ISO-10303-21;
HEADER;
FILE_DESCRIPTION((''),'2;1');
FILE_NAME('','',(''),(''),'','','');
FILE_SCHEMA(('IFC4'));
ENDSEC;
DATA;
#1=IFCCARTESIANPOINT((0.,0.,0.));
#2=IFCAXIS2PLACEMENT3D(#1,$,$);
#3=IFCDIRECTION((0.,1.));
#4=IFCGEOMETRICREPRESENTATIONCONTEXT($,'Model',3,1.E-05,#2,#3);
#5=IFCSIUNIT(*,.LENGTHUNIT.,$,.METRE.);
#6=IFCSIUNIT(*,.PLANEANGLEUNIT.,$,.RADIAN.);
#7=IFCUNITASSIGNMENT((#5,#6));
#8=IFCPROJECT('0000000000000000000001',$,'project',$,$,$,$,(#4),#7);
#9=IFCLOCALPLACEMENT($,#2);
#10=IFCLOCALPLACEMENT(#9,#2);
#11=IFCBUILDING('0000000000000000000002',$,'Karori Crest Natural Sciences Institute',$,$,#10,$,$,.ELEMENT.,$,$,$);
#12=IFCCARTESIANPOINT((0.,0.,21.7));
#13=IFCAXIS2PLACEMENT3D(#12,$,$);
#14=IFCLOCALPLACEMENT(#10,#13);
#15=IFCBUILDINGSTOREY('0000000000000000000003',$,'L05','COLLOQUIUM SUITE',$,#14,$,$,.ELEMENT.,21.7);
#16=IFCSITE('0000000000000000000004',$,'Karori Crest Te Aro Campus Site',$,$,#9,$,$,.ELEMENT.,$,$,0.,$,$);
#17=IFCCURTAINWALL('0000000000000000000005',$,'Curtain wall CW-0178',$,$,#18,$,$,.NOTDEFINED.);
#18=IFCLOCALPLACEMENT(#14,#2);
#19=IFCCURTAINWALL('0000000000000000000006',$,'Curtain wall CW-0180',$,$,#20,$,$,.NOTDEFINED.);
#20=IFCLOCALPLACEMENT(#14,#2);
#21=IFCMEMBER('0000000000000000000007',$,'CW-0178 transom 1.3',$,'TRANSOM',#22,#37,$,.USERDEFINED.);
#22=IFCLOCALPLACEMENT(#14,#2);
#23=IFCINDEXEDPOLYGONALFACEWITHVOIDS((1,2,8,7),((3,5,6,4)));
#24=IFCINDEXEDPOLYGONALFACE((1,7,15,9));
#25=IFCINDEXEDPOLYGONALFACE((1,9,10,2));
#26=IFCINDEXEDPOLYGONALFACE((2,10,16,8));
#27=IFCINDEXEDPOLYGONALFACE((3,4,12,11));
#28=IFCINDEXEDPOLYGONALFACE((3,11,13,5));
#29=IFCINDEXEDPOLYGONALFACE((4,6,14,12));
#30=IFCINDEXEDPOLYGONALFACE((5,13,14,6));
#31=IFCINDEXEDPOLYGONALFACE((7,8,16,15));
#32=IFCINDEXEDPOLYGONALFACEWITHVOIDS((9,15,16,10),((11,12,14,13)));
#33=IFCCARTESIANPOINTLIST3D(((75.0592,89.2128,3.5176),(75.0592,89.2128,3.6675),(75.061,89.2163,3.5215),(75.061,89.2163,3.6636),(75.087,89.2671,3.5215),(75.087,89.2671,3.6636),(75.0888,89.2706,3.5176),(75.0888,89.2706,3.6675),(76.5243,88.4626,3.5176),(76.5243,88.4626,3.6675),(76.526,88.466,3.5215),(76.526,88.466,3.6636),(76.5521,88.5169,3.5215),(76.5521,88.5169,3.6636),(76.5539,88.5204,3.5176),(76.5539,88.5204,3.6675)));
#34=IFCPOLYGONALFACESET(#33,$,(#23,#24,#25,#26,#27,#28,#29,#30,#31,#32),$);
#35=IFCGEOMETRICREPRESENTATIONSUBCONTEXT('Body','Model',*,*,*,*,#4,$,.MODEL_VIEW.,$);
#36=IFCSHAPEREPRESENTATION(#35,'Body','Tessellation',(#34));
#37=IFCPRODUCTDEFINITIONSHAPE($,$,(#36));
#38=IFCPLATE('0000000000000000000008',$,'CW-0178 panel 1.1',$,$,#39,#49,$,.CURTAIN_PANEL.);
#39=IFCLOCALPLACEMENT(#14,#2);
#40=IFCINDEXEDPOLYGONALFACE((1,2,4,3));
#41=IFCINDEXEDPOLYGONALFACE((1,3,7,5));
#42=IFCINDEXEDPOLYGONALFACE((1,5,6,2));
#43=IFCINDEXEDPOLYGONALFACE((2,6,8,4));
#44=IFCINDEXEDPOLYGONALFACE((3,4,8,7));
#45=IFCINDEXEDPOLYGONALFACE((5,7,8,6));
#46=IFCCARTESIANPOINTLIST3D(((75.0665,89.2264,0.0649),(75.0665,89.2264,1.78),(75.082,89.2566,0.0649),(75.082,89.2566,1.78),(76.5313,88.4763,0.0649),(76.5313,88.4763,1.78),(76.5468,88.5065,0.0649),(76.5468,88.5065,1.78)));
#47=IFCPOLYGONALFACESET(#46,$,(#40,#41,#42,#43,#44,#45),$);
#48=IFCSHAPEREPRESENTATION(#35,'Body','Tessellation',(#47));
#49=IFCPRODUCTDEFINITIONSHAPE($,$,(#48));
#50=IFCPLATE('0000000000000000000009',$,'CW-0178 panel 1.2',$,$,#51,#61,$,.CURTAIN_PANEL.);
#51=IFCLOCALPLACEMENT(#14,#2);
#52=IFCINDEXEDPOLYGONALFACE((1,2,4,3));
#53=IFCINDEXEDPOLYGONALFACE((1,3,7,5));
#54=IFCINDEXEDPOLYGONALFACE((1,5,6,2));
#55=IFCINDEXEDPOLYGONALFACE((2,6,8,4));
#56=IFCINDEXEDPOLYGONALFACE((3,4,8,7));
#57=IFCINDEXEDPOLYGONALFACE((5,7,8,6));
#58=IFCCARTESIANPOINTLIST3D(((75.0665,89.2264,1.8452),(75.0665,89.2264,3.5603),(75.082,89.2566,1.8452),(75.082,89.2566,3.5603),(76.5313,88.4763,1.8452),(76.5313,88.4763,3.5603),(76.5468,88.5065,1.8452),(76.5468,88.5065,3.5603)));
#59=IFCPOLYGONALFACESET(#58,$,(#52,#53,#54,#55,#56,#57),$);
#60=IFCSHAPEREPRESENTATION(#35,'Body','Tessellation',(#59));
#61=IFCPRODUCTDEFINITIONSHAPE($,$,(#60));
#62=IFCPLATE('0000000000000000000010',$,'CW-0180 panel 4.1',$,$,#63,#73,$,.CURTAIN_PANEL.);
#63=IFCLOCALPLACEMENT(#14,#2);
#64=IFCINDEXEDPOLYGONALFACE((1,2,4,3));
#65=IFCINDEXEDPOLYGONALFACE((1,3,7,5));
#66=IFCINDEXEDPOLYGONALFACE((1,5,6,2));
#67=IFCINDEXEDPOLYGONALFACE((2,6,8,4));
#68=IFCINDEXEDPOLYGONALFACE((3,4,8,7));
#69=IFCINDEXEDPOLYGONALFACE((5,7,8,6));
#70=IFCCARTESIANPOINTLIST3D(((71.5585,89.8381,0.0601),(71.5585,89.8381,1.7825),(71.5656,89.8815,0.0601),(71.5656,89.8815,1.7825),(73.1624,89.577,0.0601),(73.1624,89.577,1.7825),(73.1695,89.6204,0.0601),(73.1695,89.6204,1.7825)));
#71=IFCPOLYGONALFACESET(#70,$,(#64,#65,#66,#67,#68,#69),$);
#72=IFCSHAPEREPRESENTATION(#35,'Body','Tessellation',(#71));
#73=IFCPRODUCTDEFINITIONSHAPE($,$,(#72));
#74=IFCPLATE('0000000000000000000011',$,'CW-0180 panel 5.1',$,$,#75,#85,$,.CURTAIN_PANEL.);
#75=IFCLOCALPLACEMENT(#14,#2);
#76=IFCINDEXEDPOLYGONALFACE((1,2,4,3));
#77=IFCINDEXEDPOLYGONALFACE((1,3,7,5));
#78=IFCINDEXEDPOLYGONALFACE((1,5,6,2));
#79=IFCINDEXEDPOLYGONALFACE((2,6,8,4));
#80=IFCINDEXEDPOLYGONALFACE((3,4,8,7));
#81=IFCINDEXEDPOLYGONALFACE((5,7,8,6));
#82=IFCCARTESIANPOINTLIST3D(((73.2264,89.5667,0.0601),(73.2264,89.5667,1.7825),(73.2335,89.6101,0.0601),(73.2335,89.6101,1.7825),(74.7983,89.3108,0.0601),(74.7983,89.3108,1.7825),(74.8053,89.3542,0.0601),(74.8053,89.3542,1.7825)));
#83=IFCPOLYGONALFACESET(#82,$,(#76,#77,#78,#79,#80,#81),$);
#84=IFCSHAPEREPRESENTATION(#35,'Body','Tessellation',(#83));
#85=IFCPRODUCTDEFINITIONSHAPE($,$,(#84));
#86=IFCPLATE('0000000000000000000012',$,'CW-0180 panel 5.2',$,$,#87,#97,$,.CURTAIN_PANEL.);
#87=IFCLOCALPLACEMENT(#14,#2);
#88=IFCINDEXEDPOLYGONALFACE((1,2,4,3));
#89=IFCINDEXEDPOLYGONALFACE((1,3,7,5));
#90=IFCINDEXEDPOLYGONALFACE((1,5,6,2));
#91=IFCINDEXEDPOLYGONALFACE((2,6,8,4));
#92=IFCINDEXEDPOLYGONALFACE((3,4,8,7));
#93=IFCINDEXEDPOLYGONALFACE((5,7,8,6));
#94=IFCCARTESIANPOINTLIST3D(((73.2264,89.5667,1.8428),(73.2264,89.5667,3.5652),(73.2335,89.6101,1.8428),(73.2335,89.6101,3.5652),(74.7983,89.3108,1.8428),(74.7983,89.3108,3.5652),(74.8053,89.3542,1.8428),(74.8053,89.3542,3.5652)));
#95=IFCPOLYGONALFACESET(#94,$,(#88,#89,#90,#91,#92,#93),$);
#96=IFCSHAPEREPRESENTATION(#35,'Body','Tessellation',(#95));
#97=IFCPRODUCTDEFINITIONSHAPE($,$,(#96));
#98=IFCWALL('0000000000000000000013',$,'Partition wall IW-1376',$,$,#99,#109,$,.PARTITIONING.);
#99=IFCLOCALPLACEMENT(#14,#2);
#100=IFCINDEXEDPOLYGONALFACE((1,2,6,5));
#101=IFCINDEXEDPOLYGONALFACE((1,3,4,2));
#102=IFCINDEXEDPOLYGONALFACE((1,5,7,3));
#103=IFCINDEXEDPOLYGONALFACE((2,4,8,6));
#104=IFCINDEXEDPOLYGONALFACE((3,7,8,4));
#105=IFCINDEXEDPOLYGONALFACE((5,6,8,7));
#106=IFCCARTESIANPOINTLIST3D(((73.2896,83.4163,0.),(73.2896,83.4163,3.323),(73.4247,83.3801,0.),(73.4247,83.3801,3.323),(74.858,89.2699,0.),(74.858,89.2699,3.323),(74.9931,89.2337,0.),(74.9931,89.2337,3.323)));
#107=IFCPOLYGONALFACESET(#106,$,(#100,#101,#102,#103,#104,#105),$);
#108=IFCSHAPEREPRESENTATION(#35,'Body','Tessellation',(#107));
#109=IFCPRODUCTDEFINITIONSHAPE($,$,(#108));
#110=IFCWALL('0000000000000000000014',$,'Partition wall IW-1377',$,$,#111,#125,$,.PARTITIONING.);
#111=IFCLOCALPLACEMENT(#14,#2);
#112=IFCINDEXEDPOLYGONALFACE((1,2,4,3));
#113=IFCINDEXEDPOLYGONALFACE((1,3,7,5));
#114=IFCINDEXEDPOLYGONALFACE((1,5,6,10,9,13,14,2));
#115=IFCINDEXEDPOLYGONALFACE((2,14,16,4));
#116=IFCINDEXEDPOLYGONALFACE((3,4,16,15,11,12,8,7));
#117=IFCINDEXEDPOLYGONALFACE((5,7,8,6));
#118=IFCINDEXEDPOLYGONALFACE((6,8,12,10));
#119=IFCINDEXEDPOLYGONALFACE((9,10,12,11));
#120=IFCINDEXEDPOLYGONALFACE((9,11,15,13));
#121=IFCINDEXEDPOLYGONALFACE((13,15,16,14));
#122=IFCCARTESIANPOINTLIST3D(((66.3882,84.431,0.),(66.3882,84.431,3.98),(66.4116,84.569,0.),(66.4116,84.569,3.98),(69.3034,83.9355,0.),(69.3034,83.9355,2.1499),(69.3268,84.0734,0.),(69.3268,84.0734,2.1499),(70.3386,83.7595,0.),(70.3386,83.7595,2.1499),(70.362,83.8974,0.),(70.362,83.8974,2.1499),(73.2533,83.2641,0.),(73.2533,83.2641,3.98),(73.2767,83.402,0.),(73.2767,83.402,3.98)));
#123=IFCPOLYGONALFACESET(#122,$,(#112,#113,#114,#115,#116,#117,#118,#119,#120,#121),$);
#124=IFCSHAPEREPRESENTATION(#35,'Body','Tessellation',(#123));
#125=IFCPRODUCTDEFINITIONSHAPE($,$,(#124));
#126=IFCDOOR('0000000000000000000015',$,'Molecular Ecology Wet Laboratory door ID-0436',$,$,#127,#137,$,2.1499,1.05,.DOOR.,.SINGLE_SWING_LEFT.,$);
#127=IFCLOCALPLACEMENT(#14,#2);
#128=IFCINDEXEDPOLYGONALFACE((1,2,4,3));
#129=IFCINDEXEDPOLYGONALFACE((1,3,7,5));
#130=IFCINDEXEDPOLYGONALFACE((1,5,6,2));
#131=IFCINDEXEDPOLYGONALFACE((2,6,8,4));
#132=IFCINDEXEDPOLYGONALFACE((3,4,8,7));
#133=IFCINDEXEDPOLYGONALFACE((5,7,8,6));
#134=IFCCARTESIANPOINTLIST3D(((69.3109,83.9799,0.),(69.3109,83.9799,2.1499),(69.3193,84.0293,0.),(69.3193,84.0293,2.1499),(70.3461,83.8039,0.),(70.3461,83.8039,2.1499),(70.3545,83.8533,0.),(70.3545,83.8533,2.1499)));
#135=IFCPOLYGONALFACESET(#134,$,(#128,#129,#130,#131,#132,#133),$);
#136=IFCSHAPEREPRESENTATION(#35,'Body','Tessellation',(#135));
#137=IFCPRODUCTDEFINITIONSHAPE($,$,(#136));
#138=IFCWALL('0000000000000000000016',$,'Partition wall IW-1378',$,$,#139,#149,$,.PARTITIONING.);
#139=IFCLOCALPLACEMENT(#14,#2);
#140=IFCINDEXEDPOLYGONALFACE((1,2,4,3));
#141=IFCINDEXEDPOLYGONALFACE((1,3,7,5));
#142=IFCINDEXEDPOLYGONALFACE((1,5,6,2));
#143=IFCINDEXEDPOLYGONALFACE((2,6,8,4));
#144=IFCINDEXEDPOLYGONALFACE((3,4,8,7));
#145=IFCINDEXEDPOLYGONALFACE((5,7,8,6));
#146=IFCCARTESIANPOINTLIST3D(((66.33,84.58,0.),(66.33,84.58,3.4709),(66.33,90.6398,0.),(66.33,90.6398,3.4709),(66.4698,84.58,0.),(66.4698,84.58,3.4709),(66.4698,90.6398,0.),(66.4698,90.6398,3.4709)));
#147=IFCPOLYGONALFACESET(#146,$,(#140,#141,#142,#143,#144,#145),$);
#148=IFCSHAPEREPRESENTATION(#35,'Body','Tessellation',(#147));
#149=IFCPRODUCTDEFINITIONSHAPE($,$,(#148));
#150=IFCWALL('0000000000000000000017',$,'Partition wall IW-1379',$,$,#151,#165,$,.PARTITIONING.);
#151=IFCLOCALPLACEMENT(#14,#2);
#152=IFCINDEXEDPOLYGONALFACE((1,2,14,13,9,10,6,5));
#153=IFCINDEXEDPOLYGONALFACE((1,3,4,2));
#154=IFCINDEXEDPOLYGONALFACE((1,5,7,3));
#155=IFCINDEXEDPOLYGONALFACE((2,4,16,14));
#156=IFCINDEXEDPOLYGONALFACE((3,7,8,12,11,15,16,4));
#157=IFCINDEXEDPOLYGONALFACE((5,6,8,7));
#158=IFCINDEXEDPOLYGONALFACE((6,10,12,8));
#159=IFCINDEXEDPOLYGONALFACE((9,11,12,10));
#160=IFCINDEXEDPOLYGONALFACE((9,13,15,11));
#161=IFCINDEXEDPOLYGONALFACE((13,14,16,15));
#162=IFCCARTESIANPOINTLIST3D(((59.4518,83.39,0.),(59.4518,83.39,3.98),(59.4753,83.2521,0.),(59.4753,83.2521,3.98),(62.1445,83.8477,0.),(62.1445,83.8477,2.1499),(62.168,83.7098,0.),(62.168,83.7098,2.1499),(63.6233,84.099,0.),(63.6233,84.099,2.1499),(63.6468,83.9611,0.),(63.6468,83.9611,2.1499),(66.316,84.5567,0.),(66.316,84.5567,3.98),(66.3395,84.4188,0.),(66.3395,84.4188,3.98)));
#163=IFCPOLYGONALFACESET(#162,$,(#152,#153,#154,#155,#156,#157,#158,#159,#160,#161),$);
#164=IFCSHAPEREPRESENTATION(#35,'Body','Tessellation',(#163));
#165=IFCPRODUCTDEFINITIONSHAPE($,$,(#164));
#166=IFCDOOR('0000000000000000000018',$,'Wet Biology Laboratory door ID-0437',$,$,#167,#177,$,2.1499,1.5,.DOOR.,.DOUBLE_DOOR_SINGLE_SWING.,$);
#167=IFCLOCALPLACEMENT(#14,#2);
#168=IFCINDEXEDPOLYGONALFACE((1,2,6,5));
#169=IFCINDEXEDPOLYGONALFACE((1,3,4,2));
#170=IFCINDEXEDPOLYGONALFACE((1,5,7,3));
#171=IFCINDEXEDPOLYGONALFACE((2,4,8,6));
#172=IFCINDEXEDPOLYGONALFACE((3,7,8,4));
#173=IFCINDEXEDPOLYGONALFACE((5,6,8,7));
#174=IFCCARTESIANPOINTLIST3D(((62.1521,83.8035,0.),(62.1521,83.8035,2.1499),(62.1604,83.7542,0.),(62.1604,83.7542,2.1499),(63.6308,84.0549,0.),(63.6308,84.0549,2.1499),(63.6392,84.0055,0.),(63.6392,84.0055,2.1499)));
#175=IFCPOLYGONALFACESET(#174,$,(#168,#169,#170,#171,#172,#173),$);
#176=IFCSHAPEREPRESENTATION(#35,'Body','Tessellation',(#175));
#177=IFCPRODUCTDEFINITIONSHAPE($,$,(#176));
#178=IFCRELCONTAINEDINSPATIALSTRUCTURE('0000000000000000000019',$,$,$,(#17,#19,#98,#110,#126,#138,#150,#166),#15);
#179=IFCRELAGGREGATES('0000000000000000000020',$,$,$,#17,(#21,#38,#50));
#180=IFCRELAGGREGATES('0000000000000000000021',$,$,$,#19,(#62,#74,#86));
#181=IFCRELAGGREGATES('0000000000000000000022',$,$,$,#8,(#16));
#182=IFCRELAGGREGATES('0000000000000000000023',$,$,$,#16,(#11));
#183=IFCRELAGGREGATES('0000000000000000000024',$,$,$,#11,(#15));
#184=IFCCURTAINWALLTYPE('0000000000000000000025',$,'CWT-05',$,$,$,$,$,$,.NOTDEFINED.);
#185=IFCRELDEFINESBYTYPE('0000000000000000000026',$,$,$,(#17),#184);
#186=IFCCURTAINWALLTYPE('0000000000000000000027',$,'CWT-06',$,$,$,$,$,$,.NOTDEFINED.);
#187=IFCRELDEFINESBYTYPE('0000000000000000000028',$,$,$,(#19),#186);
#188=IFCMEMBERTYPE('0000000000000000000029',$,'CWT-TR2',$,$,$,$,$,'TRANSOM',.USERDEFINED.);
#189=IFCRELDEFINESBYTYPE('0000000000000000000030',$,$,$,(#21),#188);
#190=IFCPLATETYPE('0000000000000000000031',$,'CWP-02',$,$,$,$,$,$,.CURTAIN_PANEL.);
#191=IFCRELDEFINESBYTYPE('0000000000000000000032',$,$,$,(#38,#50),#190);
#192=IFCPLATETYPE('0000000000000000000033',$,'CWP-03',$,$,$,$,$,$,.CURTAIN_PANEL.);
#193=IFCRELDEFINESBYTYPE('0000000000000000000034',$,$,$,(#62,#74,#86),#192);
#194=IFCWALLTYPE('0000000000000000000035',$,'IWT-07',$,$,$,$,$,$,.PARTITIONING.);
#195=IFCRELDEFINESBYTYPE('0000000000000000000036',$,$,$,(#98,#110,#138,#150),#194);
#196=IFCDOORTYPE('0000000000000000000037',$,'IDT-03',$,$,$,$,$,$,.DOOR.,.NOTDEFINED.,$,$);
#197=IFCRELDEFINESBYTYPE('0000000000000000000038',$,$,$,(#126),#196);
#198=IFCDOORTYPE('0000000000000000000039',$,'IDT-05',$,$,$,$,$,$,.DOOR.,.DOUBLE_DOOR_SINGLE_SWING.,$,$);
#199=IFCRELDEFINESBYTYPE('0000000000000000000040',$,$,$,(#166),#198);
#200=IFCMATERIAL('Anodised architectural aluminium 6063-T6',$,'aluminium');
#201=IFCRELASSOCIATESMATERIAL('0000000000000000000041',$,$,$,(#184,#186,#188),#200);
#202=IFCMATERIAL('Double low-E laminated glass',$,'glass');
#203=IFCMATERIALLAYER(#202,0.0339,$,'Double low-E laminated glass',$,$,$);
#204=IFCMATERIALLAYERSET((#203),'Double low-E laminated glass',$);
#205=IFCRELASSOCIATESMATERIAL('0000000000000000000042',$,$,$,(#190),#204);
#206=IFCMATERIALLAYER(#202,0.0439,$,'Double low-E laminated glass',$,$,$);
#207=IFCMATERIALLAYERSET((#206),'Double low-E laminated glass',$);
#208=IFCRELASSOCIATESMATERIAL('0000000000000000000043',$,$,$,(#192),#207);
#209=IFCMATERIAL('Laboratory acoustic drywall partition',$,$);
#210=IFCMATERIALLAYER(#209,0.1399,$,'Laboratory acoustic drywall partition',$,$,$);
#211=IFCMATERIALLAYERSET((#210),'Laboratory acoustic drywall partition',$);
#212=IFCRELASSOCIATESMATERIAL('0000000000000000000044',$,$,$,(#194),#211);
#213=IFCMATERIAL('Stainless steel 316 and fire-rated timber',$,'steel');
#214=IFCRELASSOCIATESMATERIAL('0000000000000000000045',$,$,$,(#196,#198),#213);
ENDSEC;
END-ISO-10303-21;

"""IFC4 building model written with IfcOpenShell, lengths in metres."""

from ifc_helpers import new_model, si_unit, direction, frame, frame_2d, origin, origin_2d, place, context, subcontext, project, spatial, rectangle, hollow_rectangle, extrude, material, layer, layer_set, material_profile, profile_set, type_object, element, fill, aggregate, save


model = new_model("IFC4")

# Units and contexts
model_context = context("Model", 3, precision=1e-05, world=origin(), true_north=direction((0.0, 1.0)))
body_context = subcontext(model_context, "Body", "Model", "MODEL_VIEW")
ifc_project = project(units=[si_unit("LENGTHUNIT", "METRE"), si_unit("PLANEANGLEUNIT", "RADIAN")], contexts=[model_context])

# Site, building, storey
site_placement = place(None, origin())
site = spatial("IfcSite", under=ifc_project, at=site_placement, Name="Karori Crest Te Aro Campus Site", CompositionType="ELEMENT", RefElevation=0.0)
building_placement = place(site_placement, origin())
building = spatial("IfcBuilding", under=site, at=building_placement, Name="Karori Crest Natural Sciences Institute", CompositionType="ELEMENT")
storey_placement = place(building_placement, frame((0.0, 0.0, 21.7)))
storey = spatial("IfcBuildingStorey", under=building, at=storey_placement, Name="L05", Description="COLLOQUIUM SUITE", CompositionType="ELEMENT", Elevation=21.7)

# Curtain wall
ifc_material_1 = material(Name="Anodised architectural aluminium 6063-T6", Category="aluminium")
curtain_wall_type_1 = type_object("IfcCurtainWallType", Name="CWT-05", PredefinedType="NOTDEFINED", material=ifc_material_1)
curtain_wall_1_placement = place(storey_placement, origin())
curtain_wall_1 = element("IfcCurtainWall", 1, at=curtain_wall_1_placement, inside=storey, type_object=curtain_wall_type_1, Name="Curtain wall CW-0178", PredefinedType="NOTDEFINED")

# Curtain wall
curtain_wall_type_2 = type_object("IfcCurtainWallType", Name="CWT-06", PredefinedType="NOTDEFINED", material=ifc_material_1)
curtain_wall_2_placement = place(storey_placement, origin())
curtain_wall_2 = element("IfcCurtainWall", 2, at=curtain_wall_2_placement, inside=storey, type_object=curtain_wall_type_2, Name="Curtain wall CW-0180", PredefinedType="NOTDEFINED")

# Member
ifc_material_profile_1 = material_profile(ifc_material_1, hollow_rectangle(XDim=0.0649, YDim=0.1499, WallThickness=0.0039, at=origin_2d()), Name="CWT150x65x4")
ifc_profile_set_1 = profile_set([ifc_material_profile_1], Name="Anodised architectural aluminium 6063-T6")
member_type_1 = type_object("IfcMemberType", Name="CWT-TR2", ElementType="TRANSOM", PredefinedType="USERDEFINED", material=ifc_profile_set_1)
member_1_placement = place(storey_placement, frame((75.074, 89.2417, 3.5925), z_axis=(0.890084, -0.455796, 0.0), x_axis=(0.455796, 0.890084, 0.0)))
member_1 = element("IfcMember", 3, at=member_1_placement, type_object=member_type_1, Name="CW-0178 transom 1.3", ObjectType="TRANSOM", PredefinedType="USERDEFINED", context=body_context, shape_type="SweptSolid", body=[
    extrude(hollow_rectangle(XDim=0.0649, YDim=0.1499, WallThickness=0.0039, at=origin_2d()), origin(), (0.0, 0.0, 1.0), 1.646),
])

# Plates
ifc_material_2 = material(Name="Double low-E laminated glass", Category="glass")
ifc_layer_1 = layer(ifc_material_2, 0.0339, Name="Double low-E laminated glass")
ifc_layer_set_1 = layer_set([ifc_layer_1], Name="Double low-E laminated glass")
plate_type_1 = type_object("IfcPlateType", Name="CWP-02", PredefinedType="CURTAIN_PANEL", material=ifc_layer_set_1)
plate_1_placement = place(storey_placement, frame((75.8066, 88.8665, 0.0649), z_axis=(0.0, 0.0, 1.0), x_axis=(0.890067, -0.455829, 0.0)))
plate_1 = element("IfcPlate", 4, at=plate_1_placement, type_object=plate_type_1, Name="CW-0178 panel 1.1", PredefinedType="CURTAIN_PANEL", context=body_context, shape_type="SweptSolid", body=[
    extrude(rectangle(XDim=1.6458, YDim=0.0339, at=origin_2d()), origin(), (0.0, 0.0, 1.0), 1.7151),
])
plate_2_placement = place(storey_placement, frame((75.8066, 88.8665, 1.8452), z_axis=(0.0, 0.0, 1.0), x_axis=(0.890067, -0.455829, 0.0)))
plate_2 = element("IfcPlate", 5, at=plate_2_placement, type_object=plate_type_1, Name="CW-0178 panel 1.2", PredefinedType="CURTAIN_PANEL", context=body_context, shape_type="SweptSolid", body=[
    extrude(rectangle(XDim=1.6458, YDim=0.0339, at=origin_2d()), origin(), (0.0, 0.0, 1.0), 1.7151),
])
aggregate(curtain_wall_1, [member_1, plate_1, plate_2])
ifc_layer_2 = layer(ifc_material_2, 0.0439, Name="Double low-E laminated glass")
ifc_layer_set_2 = layer_set([ifc_layer_2], Name="Double low-E laminated glass")
plate_type_2 = type_object("IfcPlateType", Name="CWP-03", PredefinedType="CURTAIN_PANEL", material=ifc_layer_set_2)
plate_3_placement = place(storey_placement, frame((72.364, 89.7292, 0.0601), z_axis=(0.0, 0.0, 1.0), x_axis=(0.987011, -0.160655, 0.0)))
plate_3 = element("IfcPlate", 6, at=plate_3_placement, type_object=plate_type_2, Name="CW-0180 panel 4.1", PredefinedType="CURTAIN_PANEL", context=body_context, shape_type="SweptSolid", body=[
    extrude(rectangle(XDim=1.625, YDim=0.0439, at=origin_2d()), origin(), (0.0, 0.0, 1.0), 1.7224),
])
plate_4_placement = place(storey_placement, frame((74.0159, 89.4604, 0.0601), z_axis=(0.0, 0.0, 1.0), x_axis=(0.987011, -0.160655, 0.0)))
plate_4 = element("IfcPlate", 7, at=plate_4_placement, type_object=plate_type_2, Name="CW-0180 panel 5.1", PredefinedType="CURTAIN_PANEL", context=body_context, shape_type="SweptSolid", body=[
    extrude(rectangle(XDim=1.5925, YDim=0.0439, at=origin_2d()), origin(), (0.0, 0.0, 1.0), 1.7224),
])
plate_5_placement = place(storey_placement, frame((74.0159, 89.4604, 1.8428), z_axis=(0.0, 0.0, 1.0), x_axis=(0.987011, -0.160655, 0.0)))
plate_5 = element("IfcPlate", 8, at=plate_5_placement, type_object=plate_type_2, Name="CW-0180 panel 5.2", PredefinedType="CURTAIN_PANEL", context=body_context, shape_type="SweptSolid", body=[
    extrude(rectangle(XDim=1.5925, YDim=0.0439, at=origin_2d()), origin(), (0.0, 0.0, 1.0), 1.7224),
])
aggregate(curtain_wall_2, [plate_3, plate_4, plate_5])

# Wall
ifc_material_3 = material(Name="Laboratory acoustic drywall partition")
ifc_layer_3 = layer(ifc_material_3, 0.1399, Name="Laboratory acoustic drywall partition")
ifc_layer_set_3 = layer_set([ifc_layer_3], Name="Laboratory acoustic drywall partition")
wall_type_1 = type_object("IfcWallType", Name="IWT-07", PredefinedType="PARTITIONING", material=ifc_layer_set_3)
wall_1_placement = place(storey_placement, frame((73.3572, 83.3982, 0.0), z_axis=(0.0, 0.0, 1.0), x_axis=(0.258806, 0.965929, 0.0)))
element("IfcWall", 9, at=wall_1_placement, inside=storey, type_object=wall_type_1, Name="Partition wall IW-1376", PredefinedType="PARTITIONING", context=body_context, shape_type="SweptSolid", body=[
    extrude(rectangle(XDim=6.0601, YDim=0.1399, at=frame_2d((3.03, 0.0))), origin(), (0.0, 0.0, 1.0), 3.323),
])

# Wall, opening, door
wall_2_placement = place(storey_placement, frame((73.2651, 83.333, 0.0), z_axis=(0.0, 0.0, 1.0), x_axis=(-0.985858, 0.167582, 0.0)))
wall_2 = element("IfcWall", 10, at=wall_2_placement, inside=storey, type_object=wall_type_1, Name="Partition wall IW-1377", PredefinedType="PARTITIONING", context=body_context, shape_type="SweptSolid", body=[
    extrude(rectangle(XDim=6.9636, YDim=0.1399, at=frame_2d((3.4819, 0.0))), origin(), (0.0, 0.0, 1.0), 3.98),
])
opening_1_placement = place(wall_2_placement, frame((2.9568, 0.0, 0.0)))
opening_1 = element("IfcOpeningElement", 11, at=opening_1_placement, cuts=wall_2, PredefinedType="OPENING", context=body_context, shape_type="SweptSolid", body=[
    extrude(rectangle(XDim=1.05, YDim=2.1499, at=frame_2d((0.5249, 1.075))), frame((0.0, 0.0801, 0.0), z_axis=(0.0, -1.0, 0.0), x_axis=(1.0, 0.0, 0.0)), (0.0, 0.0, 1.0), 0.1599),
])
ifc_material_4 = material(Name="Stainless steel 316 and fire-rated timber", Category="steel")
door_type_1 = type_object("IfcDoorType", Name="IDT-03", OperationType="NOTDEFINED", PredefinedType="DOOR", material=ifc_material_4)
door_1_placement = place(opening_1_placement, origin())
door_1 = element("IfcDoor", 12, at=door_1_placement, inside=storey, type_object=door_type_1, Name="Molecular Ecology Wet Laboratory door ID-0436", OperationType="SINGLE_SWING_LEFT", OverallHeight=2.1499, OverallWidth=1.05, PredefinedType="DOOR", context=body_context, shape_type="SweptSolid", body=[
    extrude(rectangle(XDim=1.05, YDim=2.1499, at=frame_2d((0.5249, 1.075))), frame((0.0, 0.0249, 0.0), z_axis=(0.0, -1.0, 0.0), x_axis=(1.0, 0.0, 0.0)), (0.0, 0.0, 1.0), 0.05),
])
fill(opening_1, door_1)

# Wall
wall_3_placement = place(storey_placement, frame((66.3999, 84.5801, 0.0), z_axis=(0.0, 0.0, 1.0), x_axis=(0.0, 1.0, 0.0)))
element("IfcWall", 13, at=wall_3_placement, inside=storey, type_object=wall_type_1, Name="Partition wall IW-1378", PredefinedType="PARTITIONING", context=body_context, shape_type="SweptSolid", body=[
    extrude(rectangle(XDim=6.0598, YDim=0.1399, at=frame_2d((3.0298, 0.0))), origin(), (0.0, 0.0, 1.0), 3.4709),
])

# Wall, opening, door
wall_4_placement = place(storey_placement, frame((66.3279, 84.4878, 0.0), z_axis=(0.0, 0.0, 1.0), x_axis=(-0.98586, -0.167571, 0.0)))
wall_4 = element("IfcWall", 14, at=wall_4_placement, inside=storey, type_object=wall_type_1, Name="Partition wall IW-1379", PredefinedType="PARTITIONING", context=body_context, shape_type="SweptSolid", body=[
    extrude(rectangle(XDim=6.9626, YDim=0.1399, at=frame_2d((3.4814, 0.0))), origin(), (0.0, 0.0, 1.0), 3.98),
])
opening_2_placement = place(wall_4_placement, frame((2.7314, 0.0, 0.0)))
opening_2 = element("IfcOpeningElement", 15, at=opening_2_placement, cuts=wall_4, PredefinedType="OPENING", context=body_context, shape_type="SweptSolid", body=[
    extrude(rectangle(XDim=1.5, YDim=2.1499, at=frame_2d((0.75, 1.075))), frame((0.0, 0.0801, 0.0), z_axis=(0.0, -1.0, 0.0), x_axis=(1.0, 0.0, 0.0)), (0.0, 0.0, 1.0), 0.1599),
])
door_type_2 = type_object("IfcDoorType", Name="IDT-05", OperationType="DOUBLE_DOOR_SINGLE_SWING", PredefinedType="DOOR", material=ifc_material_4)
door_2_placement = place(opening_2_placement, origin())
door_2 = element("IfcDoor", 16, at=door_2_placement, inside=storey, type_object=door_type_2, Name="Wet Biology Laboratory door ID-0437", OperationType="DOUBLE_DOOR_SINGLE_SWING", OverallHeight=2.1499, OverallWidth=1.5, PredefinedType="DOOR", context=body_context, shape_type="SweptSolid", body=[
    extrude(rectangle(XDim=1.5, YDim=2.1499, at=frame_2d((0.75, 1.075))), frame((0.0, 0.0249, 0.0), z_axis=(0.0, -1.0, 0.0), x_axis=(1.0, 0.0, 0.0)), (0.0, 0.0, 1.0), 0.05),
])
fill(opening_2, door_2)

save(model, "model.ifc")
